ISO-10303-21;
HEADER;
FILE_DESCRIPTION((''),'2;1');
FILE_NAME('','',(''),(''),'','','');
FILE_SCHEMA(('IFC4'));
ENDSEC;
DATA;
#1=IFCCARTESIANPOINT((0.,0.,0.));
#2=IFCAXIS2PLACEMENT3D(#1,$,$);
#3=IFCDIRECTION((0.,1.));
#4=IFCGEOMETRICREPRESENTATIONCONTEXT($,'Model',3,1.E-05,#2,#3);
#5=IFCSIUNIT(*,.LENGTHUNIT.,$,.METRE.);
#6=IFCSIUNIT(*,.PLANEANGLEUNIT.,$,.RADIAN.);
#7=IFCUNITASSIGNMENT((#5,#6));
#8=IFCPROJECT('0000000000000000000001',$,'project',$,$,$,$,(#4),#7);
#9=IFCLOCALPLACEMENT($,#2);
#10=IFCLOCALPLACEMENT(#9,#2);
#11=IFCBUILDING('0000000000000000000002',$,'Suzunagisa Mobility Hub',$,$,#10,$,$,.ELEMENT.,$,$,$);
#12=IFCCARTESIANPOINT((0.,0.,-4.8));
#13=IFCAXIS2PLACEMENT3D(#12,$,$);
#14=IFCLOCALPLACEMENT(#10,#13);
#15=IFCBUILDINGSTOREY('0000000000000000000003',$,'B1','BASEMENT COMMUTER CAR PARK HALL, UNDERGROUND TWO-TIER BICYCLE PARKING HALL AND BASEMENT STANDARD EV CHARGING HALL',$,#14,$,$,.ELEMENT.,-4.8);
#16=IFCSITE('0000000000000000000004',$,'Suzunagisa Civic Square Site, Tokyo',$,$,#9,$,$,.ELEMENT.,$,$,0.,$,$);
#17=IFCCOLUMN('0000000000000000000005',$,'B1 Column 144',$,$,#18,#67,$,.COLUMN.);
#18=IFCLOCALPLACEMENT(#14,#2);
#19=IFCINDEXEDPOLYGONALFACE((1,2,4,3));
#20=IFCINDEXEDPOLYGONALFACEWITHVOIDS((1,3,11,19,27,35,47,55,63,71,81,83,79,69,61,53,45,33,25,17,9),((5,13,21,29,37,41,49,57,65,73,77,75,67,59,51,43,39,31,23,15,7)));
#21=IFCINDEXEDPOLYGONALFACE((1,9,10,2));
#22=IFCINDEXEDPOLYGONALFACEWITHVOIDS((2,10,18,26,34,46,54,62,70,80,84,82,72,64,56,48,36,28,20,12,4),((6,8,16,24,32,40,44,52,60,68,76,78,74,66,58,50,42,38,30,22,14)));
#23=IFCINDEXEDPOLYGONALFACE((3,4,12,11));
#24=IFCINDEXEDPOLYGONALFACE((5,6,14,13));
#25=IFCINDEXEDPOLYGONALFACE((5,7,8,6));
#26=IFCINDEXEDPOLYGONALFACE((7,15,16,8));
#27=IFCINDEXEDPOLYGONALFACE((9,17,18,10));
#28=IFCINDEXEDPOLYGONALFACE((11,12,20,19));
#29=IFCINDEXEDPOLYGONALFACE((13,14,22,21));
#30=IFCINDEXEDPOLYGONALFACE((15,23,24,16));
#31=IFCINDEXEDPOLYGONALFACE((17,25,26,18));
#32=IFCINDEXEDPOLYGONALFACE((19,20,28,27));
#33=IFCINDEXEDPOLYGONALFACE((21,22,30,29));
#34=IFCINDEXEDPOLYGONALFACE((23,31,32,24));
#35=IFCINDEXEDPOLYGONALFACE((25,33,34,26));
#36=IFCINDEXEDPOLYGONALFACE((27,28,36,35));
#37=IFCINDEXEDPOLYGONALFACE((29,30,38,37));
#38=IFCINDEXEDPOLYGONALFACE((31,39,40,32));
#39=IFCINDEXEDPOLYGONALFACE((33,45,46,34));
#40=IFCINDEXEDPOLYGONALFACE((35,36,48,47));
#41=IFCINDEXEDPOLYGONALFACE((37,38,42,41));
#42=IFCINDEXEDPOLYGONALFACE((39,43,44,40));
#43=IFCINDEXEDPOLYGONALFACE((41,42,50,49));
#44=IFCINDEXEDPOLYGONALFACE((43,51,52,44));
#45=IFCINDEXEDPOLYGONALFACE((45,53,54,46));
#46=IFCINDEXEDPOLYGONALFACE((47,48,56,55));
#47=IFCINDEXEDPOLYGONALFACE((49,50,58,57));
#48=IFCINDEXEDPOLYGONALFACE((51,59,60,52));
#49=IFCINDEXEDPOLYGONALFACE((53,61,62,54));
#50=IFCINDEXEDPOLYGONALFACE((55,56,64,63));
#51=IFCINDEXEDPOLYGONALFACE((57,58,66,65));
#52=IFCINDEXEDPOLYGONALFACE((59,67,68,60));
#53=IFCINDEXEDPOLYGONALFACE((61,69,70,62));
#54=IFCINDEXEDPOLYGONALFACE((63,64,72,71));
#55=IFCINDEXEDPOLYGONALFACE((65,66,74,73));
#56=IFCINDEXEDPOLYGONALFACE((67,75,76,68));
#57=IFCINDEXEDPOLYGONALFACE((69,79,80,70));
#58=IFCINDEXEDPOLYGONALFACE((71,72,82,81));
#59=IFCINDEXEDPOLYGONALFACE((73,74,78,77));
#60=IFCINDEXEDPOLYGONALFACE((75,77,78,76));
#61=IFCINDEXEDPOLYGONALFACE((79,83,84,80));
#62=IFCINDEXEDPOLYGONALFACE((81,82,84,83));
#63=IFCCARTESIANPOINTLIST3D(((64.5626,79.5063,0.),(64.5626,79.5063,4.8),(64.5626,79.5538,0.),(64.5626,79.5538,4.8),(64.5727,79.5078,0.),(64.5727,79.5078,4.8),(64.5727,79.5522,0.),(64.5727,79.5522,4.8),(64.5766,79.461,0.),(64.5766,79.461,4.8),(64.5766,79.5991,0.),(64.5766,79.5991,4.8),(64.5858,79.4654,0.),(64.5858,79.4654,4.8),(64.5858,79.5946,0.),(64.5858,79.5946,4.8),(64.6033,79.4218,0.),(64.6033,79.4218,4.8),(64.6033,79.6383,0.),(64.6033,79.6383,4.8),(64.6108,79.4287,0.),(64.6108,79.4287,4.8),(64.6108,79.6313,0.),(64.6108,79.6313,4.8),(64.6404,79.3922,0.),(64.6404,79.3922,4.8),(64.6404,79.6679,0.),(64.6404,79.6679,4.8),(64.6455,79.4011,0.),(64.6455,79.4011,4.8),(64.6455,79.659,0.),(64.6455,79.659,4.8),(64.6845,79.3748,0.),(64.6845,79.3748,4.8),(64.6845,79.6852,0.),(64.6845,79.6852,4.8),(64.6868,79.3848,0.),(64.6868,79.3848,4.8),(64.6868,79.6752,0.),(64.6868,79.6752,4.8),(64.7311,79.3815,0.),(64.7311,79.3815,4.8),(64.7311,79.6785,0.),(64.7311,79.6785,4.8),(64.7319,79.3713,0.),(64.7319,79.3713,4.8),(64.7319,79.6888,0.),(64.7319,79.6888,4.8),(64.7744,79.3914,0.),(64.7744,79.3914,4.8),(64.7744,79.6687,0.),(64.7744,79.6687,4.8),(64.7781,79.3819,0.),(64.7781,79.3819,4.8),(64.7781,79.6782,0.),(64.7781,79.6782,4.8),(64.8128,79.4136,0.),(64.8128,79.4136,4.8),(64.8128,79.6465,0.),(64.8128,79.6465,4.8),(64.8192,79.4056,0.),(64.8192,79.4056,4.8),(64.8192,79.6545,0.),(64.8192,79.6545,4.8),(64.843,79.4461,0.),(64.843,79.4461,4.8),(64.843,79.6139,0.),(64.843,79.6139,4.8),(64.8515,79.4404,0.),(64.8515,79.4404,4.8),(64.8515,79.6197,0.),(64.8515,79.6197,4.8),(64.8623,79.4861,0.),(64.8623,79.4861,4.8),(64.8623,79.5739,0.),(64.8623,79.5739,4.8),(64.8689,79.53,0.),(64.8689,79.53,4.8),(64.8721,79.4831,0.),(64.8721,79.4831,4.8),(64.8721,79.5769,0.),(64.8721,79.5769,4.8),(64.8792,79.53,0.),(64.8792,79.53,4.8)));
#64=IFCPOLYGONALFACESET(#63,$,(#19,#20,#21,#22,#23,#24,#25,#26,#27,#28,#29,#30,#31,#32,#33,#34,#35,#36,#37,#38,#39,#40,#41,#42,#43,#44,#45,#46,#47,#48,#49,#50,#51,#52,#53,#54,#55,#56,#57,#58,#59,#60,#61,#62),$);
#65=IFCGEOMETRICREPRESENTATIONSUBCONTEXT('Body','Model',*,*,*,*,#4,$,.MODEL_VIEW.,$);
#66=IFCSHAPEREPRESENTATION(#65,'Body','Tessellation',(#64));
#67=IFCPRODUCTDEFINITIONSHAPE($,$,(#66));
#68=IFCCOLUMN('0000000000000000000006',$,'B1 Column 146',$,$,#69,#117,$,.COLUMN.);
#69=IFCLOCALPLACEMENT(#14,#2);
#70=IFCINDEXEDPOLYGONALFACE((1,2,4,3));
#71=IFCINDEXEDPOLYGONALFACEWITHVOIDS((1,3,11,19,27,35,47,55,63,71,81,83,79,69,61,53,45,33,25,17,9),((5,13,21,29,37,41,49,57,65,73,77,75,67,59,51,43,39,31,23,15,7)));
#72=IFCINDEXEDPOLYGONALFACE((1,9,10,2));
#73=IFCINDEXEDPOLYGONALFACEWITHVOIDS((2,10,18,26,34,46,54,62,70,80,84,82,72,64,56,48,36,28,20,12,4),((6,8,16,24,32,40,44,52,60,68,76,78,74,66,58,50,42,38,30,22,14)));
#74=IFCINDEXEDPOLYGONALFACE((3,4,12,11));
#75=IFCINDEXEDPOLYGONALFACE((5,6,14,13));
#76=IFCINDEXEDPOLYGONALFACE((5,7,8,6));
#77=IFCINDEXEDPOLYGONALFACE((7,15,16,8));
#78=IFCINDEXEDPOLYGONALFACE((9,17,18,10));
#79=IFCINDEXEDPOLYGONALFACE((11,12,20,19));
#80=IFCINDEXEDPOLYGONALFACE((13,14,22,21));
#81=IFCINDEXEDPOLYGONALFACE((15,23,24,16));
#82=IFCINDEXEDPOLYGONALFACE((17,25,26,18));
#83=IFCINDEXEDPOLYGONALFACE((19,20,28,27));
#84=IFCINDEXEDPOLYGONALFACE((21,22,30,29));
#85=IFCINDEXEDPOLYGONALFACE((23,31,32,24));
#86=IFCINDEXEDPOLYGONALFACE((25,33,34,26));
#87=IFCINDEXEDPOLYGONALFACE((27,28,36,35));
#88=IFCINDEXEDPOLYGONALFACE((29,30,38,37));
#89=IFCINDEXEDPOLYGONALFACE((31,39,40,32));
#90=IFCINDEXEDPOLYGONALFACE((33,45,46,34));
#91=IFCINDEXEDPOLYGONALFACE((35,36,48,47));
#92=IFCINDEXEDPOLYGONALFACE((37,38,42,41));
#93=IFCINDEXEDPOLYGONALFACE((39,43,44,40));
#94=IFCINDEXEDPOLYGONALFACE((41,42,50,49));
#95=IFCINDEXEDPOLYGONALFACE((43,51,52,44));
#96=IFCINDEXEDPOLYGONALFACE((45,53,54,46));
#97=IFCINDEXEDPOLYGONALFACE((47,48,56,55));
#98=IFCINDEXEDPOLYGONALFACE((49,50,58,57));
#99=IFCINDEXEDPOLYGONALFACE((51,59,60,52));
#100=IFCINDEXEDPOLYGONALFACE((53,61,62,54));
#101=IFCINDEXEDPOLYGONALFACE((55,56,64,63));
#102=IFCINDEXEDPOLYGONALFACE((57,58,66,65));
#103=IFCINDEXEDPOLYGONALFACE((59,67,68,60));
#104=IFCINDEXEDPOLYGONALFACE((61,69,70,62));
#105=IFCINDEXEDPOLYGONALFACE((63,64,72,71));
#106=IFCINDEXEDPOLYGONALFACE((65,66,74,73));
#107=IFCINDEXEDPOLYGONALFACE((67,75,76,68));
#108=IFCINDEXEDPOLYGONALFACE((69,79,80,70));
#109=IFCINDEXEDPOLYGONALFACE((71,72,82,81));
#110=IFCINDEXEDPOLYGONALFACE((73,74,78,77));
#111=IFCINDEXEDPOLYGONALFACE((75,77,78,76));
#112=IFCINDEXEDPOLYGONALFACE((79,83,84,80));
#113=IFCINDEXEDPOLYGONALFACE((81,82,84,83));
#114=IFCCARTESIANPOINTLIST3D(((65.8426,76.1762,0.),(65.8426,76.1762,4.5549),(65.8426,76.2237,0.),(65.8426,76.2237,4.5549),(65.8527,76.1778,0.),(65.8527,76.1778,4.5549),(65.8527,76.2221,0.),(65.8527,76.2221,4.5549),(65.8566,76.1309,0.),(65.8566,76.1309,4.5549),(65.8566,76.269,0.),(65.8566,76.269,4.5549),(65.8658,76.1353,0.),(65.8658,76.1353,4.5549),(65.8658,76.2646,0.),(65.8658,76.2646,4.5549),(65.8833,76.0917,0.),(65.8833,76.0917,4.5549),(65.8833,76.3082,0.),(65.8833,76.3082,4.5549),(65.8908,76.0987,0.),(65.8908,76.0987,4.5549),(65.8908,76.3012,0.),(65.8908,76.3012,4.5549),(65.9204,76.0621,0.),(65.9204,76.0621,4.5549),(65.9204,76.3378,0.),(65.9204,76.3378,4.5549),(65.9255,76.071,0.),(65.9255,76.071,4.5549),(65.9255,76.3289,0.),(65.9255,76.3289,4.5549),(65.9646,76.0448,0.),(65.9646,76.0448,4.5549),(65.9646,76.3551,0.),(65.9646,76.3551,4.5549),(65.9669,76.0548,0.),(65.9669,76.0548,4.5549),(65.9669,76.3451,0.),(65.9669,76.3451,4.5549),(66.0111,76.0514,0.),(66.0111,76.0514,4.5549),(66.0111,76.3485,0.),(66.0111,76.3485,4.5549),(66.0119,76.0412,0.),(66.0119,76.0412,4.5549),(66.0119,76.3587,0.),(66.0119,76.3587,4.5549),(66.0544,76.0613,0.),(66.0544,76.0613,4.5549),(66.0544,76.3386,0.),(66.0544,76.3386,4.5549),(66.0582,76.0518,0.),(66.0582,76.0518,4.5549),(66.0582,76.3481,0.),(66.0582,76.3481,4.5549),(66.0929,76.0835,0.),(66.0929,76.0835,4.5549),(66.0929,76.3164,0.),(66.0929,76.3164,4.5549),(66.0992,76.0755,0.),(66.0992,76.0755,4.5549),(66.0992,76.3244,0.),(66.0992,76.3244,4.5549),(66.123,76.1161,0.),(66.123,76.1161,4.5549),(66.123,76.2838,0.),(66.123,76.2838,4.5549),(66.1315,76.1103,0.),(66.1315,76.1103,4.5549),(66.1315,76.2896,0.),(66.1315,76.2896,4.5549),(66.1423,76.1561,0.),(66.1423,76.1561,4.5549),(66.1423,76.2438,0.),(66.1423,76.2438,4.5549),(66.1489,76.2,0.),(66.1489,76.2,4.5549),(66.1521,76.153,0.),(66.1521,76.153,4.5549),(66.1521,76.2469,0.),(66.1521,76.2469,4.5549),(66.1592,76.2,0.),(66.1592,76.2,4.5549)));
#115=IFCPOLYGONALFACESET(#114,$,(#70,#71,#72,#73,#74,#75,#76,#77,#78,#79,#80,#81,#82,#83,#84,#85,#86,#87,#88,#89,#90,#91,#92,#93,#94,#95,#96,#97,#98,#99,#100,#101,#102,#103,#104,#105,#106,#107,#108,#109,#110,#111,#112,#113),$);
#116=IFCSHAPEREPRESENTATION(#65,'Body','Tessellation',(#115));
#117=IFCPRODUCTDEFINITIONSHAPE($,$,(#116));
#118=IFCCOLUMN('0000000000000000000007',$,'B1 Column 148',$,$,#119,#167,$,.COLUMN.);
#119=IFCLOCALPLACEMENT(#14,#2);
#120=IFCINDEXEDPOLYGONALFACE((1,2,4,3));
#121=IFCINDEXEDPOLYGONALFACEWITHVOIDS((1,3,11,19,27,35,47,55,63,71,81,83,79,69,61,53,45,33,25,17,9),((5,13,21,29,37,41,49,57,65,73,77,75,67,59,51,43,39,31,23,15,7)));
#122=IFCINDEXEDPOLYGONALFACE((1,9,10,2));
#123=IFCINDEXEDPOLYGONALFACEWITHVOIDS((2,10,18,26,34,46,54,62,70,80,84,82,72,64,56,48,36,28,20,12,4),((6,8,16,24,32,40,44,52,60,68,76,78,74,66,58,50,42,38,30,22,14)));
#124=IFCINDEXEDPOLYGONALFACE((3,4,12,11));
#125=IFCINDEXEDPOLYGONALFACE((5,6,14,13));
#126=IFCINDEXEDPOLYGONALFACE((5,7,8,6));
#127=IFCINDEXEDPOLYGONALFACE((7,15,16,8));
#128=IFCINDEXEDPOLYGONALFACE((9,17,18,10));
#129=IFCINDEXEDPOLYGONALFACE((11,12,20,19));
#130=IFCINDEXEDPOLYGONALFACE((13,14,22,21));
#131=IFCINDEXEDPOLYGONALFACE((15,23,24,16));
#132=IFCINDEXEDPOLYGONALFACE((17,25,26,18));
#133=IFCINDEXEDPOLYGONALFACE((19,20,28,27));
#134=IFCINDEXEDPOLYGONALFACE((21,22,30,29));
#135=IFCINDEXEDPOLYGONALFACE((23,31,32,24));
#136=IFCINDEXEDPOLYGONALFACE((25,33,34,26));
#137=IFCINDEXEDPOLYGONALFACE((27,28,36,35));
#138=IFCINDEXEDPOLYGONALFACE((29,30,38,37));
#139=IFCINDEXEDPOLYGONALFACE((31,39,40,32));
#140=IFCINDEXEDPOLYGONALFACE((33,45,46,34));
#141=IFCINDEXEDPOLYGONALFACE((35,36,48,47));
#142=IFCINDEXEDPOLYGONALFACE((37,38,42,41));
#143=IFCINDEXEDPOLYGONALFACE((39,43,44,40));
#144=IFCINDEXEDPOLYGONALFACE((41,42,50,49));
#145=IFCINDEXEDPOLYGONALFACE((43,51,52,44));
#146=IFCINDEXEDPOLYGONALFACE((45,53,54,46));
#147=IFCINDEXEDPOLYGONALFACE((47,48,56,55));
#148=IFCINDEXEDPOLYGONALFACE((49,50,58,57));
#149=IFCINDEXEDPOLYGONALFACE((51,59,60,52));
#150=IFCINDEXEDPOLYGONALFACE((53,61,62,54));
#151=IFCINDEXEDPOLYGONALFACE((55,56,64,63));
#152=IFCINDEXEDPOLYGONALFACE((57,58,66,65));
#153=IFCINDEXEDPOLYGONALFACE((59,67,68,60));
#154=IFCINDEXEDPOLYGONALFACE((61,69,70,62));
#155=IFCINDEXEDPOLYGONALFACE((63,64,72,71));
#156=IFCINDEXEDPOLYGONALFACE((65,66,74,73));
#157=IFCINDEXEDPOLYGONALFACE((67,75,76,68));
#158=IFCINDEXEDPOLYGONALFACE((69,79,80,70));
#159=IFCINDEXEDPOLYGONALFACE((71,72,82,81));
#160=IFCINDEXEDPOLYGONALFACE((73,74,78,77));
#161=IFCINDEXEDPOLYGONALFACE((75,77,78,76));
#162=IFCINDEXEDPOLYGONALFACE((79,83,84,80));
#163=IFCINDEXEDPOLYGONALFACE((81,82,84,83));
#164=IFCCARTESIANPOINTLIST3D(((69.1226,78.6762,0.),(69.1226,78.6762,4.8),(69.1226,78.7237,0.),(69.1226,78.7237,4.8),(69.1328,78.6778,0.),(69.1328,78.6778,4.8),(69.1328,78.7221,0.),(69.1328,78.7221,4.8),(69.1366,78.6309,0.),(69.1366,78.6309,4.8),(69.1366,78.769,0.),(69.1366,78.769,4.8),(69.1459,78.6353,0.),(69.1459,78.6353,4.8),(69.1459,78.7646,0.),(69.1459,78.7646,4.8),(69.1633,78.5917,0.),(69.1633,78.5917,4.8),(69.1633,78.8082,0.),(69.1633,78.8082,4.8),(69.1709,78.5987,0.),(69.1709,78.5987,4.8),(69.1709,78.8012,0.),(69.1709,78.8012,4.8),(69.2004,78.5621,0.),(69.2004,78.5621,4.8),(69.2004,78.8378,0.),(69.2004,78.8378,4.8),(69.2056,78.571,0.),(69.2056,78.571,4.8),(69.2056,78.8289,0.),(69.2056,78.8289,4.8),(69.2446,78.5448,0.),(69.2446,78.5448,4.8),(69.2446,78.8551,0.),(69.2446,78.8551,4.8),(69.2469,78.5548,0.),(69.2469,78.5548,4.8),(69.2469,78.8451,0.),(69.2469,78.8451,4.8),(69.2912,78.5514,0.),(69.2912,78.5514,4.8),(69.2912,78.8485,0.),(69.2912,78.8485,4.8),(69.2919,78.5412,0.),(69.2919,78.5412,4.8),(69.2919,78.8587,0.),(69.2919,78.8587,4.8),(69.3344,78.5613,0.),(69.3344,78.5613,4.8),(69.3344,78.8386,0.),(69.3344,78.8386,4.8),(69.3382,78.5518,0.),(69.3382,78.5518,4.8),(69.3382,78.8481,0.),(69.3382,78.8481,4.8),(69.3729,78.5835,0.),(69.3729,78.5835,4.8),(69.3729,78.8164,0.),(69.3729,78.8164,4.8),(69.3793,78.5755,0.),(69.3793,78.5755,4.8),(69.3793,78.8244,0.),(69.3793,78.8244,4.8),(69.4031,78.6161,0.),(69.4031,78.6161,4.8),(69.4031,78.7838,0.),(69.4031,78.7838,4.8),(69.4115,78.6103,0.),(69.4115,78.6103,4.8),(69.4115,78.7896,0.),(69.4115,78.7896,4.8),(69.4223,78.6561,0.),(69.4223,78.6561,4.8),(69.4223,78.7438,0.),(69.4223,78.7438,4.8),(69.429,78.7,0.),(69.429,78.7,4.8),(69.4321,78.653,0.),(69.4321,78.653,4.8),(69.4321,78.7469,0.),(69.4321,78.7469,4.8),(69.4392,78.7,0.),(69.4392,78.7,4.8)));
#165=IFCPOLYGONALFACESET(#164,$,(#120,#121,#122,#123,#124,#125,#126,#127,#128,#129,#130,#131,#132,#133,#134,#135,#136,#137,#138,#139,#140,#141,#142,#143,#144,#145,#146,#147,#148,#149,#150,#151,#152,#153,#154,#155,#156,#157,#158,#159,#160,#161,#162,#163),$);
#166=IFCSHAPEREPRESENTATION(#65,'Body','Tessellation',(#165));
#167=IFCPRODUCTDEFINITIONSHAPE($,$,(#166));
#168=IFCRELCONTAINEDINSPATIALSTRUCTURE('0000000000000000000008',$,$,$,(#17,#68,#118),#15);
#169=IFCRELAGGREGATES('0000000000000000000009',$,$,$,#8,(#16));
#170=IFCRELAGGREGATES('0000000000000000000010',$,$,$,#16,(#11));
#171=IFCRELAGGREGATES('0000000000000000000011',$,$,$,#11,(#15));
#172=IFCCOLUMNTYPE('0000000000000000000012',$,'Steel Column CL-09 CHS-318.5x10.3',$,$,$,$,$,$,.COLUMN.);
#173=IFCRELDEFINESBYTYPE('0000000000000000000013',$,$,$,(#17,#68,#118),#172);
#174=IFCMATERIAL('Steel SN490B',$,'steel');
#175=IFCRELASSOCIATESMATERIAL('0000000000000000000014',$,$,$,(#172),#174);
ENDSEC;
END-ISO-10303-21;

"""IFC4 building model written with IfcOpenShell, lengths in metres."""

from ifc_helpers import new_model, si_unit, direction, frame, origin, origin_2d, place, context, subcontext, project, spatial, hollow_circle, extrude, material, material_profile, profile_set, type_object, element, save


model = new_model("IFC4")

# Units and contexts
model_context = context("Model", 3, precision=1e-05, world=origin(), true_north=direction((0.0, 1.0)))
body_context = subcontext(model_context, "Body", "Model", "MODEL_VIEW")
ifc_project = project(units=[si_unit("LENGTHUNIT", "METRE"), si_unit("PLANEANGLEUNIT", "RADIAN")], contexts=[model_context])

# Site, building, storey
site_placement = place(None, origin())
site = spatial("IfcSite", under=ifc_project, at=site_placement, Name="Suzunagisa Civic Square Site, Tokyo", CompositionType="ELEMENT", RefElevation=0.0)
building_placement = place(site_placement, origin())
building = spatial("IfcBuilding", under=site, at=building_placement, Name="Suzunagisa Mobility Hub", CompositionType="ELEMENT")
storey_placement = place(building_placement, frame((0.0, 0.0, -4.8)))
storey = spatial("IfcBuildingStorey", under=building, at=storey_placement, Name="B1", Description="BASEMENT COMMUTER CAR PARK HALL, UNDERGROUND TWO-TIER BICYCLE PARKING HALL AND BASEMENT STANDARD EV CHARGING HALL", CompositionType="ELEMENT", Elevation=-4.8)

# Columns
ifc_material_1 = material(Name="Steel SN490B", Category="steel")
ifc_material_profile_1 = material_profile(ifc_material_1, hollow_circle(Radius=0.1592, WallThickness=0.0103, at=origin_2d()), Name="CHS-318.5x10.3")
ifc_profile_set_1 = profile_set([ifc_material_profile_1], Name="Steel SN490B")
column_type_1 = type_object("IfcColumnType", Name="Steel Column CL-09 CHS-318.5x10.3", PredefinedType="COLUMN", material=ifc_profile_set_1)
for number, where, z_axis, x_axis, name in (
    (1, (64.72, 79.53, 0.0), (0.0, 0.0, 1.0), (1.0, 0.0, 0.0), "B1 Column 144"),
):
    element("IfcColumn", number, at=place(storey_placement, frame(where, z_axis=z_axis, x_axis=x_axis)), inside=storey, type_object=column_type_1, Name=name, PredefinedType="COLUMN", context=body_context, shape_type="SweptSolid", body=[
        extrude(hollow_circle(Radius=0.1592, WallThickness=0.0103, at=origin_2d()), origin(), (0.0, 0.0, 1.0), 4.8),
    ])
column_1_placement = place(storey_placement, frame((66.0, 76.2, 0.0), z_axis=(0.0, 0.0, 1.0), x_axis=(1.0, 0.0, 0.0)))
element("IfcColumn", 2, at=column_1_placement, inside=storey, type_object=column_type_1, Name="B1 Column 146", PredefinedType="COLUMN", context=body_context, shape_type="SweptSolid", body=[
    extrude(hollow_circle(Radius=0.1592, WallThickness=0.0103, at=origin_2d()), origin(), (0.0, 0.0, 1.0), 4.5549),
])
for number, where, z_axis, x_axis, name in (
    (3, (69.28, 78.7, 0.0), (0.0, 0.0, 1.0), (1.0, 0.0, 0.0), "B1 Column 148"),
):
    element("IfcColumn", number, at=place(storey_placement, frame(where, z_axis=z_axis, x_axis=x_axis)), inside=storey, type_object=column_type_1, Name=name, PredefinedType="COLUMN", context=body_context, shape_type="SweptSolid", body=[
        extrude(hollow_circle(Radius=0.1592, WallThickness=0.0103, at=origin_2d()), origin(), (0.0, 0.0, 1.0), 4.8),
    ])

save(model, "model.ifc")
